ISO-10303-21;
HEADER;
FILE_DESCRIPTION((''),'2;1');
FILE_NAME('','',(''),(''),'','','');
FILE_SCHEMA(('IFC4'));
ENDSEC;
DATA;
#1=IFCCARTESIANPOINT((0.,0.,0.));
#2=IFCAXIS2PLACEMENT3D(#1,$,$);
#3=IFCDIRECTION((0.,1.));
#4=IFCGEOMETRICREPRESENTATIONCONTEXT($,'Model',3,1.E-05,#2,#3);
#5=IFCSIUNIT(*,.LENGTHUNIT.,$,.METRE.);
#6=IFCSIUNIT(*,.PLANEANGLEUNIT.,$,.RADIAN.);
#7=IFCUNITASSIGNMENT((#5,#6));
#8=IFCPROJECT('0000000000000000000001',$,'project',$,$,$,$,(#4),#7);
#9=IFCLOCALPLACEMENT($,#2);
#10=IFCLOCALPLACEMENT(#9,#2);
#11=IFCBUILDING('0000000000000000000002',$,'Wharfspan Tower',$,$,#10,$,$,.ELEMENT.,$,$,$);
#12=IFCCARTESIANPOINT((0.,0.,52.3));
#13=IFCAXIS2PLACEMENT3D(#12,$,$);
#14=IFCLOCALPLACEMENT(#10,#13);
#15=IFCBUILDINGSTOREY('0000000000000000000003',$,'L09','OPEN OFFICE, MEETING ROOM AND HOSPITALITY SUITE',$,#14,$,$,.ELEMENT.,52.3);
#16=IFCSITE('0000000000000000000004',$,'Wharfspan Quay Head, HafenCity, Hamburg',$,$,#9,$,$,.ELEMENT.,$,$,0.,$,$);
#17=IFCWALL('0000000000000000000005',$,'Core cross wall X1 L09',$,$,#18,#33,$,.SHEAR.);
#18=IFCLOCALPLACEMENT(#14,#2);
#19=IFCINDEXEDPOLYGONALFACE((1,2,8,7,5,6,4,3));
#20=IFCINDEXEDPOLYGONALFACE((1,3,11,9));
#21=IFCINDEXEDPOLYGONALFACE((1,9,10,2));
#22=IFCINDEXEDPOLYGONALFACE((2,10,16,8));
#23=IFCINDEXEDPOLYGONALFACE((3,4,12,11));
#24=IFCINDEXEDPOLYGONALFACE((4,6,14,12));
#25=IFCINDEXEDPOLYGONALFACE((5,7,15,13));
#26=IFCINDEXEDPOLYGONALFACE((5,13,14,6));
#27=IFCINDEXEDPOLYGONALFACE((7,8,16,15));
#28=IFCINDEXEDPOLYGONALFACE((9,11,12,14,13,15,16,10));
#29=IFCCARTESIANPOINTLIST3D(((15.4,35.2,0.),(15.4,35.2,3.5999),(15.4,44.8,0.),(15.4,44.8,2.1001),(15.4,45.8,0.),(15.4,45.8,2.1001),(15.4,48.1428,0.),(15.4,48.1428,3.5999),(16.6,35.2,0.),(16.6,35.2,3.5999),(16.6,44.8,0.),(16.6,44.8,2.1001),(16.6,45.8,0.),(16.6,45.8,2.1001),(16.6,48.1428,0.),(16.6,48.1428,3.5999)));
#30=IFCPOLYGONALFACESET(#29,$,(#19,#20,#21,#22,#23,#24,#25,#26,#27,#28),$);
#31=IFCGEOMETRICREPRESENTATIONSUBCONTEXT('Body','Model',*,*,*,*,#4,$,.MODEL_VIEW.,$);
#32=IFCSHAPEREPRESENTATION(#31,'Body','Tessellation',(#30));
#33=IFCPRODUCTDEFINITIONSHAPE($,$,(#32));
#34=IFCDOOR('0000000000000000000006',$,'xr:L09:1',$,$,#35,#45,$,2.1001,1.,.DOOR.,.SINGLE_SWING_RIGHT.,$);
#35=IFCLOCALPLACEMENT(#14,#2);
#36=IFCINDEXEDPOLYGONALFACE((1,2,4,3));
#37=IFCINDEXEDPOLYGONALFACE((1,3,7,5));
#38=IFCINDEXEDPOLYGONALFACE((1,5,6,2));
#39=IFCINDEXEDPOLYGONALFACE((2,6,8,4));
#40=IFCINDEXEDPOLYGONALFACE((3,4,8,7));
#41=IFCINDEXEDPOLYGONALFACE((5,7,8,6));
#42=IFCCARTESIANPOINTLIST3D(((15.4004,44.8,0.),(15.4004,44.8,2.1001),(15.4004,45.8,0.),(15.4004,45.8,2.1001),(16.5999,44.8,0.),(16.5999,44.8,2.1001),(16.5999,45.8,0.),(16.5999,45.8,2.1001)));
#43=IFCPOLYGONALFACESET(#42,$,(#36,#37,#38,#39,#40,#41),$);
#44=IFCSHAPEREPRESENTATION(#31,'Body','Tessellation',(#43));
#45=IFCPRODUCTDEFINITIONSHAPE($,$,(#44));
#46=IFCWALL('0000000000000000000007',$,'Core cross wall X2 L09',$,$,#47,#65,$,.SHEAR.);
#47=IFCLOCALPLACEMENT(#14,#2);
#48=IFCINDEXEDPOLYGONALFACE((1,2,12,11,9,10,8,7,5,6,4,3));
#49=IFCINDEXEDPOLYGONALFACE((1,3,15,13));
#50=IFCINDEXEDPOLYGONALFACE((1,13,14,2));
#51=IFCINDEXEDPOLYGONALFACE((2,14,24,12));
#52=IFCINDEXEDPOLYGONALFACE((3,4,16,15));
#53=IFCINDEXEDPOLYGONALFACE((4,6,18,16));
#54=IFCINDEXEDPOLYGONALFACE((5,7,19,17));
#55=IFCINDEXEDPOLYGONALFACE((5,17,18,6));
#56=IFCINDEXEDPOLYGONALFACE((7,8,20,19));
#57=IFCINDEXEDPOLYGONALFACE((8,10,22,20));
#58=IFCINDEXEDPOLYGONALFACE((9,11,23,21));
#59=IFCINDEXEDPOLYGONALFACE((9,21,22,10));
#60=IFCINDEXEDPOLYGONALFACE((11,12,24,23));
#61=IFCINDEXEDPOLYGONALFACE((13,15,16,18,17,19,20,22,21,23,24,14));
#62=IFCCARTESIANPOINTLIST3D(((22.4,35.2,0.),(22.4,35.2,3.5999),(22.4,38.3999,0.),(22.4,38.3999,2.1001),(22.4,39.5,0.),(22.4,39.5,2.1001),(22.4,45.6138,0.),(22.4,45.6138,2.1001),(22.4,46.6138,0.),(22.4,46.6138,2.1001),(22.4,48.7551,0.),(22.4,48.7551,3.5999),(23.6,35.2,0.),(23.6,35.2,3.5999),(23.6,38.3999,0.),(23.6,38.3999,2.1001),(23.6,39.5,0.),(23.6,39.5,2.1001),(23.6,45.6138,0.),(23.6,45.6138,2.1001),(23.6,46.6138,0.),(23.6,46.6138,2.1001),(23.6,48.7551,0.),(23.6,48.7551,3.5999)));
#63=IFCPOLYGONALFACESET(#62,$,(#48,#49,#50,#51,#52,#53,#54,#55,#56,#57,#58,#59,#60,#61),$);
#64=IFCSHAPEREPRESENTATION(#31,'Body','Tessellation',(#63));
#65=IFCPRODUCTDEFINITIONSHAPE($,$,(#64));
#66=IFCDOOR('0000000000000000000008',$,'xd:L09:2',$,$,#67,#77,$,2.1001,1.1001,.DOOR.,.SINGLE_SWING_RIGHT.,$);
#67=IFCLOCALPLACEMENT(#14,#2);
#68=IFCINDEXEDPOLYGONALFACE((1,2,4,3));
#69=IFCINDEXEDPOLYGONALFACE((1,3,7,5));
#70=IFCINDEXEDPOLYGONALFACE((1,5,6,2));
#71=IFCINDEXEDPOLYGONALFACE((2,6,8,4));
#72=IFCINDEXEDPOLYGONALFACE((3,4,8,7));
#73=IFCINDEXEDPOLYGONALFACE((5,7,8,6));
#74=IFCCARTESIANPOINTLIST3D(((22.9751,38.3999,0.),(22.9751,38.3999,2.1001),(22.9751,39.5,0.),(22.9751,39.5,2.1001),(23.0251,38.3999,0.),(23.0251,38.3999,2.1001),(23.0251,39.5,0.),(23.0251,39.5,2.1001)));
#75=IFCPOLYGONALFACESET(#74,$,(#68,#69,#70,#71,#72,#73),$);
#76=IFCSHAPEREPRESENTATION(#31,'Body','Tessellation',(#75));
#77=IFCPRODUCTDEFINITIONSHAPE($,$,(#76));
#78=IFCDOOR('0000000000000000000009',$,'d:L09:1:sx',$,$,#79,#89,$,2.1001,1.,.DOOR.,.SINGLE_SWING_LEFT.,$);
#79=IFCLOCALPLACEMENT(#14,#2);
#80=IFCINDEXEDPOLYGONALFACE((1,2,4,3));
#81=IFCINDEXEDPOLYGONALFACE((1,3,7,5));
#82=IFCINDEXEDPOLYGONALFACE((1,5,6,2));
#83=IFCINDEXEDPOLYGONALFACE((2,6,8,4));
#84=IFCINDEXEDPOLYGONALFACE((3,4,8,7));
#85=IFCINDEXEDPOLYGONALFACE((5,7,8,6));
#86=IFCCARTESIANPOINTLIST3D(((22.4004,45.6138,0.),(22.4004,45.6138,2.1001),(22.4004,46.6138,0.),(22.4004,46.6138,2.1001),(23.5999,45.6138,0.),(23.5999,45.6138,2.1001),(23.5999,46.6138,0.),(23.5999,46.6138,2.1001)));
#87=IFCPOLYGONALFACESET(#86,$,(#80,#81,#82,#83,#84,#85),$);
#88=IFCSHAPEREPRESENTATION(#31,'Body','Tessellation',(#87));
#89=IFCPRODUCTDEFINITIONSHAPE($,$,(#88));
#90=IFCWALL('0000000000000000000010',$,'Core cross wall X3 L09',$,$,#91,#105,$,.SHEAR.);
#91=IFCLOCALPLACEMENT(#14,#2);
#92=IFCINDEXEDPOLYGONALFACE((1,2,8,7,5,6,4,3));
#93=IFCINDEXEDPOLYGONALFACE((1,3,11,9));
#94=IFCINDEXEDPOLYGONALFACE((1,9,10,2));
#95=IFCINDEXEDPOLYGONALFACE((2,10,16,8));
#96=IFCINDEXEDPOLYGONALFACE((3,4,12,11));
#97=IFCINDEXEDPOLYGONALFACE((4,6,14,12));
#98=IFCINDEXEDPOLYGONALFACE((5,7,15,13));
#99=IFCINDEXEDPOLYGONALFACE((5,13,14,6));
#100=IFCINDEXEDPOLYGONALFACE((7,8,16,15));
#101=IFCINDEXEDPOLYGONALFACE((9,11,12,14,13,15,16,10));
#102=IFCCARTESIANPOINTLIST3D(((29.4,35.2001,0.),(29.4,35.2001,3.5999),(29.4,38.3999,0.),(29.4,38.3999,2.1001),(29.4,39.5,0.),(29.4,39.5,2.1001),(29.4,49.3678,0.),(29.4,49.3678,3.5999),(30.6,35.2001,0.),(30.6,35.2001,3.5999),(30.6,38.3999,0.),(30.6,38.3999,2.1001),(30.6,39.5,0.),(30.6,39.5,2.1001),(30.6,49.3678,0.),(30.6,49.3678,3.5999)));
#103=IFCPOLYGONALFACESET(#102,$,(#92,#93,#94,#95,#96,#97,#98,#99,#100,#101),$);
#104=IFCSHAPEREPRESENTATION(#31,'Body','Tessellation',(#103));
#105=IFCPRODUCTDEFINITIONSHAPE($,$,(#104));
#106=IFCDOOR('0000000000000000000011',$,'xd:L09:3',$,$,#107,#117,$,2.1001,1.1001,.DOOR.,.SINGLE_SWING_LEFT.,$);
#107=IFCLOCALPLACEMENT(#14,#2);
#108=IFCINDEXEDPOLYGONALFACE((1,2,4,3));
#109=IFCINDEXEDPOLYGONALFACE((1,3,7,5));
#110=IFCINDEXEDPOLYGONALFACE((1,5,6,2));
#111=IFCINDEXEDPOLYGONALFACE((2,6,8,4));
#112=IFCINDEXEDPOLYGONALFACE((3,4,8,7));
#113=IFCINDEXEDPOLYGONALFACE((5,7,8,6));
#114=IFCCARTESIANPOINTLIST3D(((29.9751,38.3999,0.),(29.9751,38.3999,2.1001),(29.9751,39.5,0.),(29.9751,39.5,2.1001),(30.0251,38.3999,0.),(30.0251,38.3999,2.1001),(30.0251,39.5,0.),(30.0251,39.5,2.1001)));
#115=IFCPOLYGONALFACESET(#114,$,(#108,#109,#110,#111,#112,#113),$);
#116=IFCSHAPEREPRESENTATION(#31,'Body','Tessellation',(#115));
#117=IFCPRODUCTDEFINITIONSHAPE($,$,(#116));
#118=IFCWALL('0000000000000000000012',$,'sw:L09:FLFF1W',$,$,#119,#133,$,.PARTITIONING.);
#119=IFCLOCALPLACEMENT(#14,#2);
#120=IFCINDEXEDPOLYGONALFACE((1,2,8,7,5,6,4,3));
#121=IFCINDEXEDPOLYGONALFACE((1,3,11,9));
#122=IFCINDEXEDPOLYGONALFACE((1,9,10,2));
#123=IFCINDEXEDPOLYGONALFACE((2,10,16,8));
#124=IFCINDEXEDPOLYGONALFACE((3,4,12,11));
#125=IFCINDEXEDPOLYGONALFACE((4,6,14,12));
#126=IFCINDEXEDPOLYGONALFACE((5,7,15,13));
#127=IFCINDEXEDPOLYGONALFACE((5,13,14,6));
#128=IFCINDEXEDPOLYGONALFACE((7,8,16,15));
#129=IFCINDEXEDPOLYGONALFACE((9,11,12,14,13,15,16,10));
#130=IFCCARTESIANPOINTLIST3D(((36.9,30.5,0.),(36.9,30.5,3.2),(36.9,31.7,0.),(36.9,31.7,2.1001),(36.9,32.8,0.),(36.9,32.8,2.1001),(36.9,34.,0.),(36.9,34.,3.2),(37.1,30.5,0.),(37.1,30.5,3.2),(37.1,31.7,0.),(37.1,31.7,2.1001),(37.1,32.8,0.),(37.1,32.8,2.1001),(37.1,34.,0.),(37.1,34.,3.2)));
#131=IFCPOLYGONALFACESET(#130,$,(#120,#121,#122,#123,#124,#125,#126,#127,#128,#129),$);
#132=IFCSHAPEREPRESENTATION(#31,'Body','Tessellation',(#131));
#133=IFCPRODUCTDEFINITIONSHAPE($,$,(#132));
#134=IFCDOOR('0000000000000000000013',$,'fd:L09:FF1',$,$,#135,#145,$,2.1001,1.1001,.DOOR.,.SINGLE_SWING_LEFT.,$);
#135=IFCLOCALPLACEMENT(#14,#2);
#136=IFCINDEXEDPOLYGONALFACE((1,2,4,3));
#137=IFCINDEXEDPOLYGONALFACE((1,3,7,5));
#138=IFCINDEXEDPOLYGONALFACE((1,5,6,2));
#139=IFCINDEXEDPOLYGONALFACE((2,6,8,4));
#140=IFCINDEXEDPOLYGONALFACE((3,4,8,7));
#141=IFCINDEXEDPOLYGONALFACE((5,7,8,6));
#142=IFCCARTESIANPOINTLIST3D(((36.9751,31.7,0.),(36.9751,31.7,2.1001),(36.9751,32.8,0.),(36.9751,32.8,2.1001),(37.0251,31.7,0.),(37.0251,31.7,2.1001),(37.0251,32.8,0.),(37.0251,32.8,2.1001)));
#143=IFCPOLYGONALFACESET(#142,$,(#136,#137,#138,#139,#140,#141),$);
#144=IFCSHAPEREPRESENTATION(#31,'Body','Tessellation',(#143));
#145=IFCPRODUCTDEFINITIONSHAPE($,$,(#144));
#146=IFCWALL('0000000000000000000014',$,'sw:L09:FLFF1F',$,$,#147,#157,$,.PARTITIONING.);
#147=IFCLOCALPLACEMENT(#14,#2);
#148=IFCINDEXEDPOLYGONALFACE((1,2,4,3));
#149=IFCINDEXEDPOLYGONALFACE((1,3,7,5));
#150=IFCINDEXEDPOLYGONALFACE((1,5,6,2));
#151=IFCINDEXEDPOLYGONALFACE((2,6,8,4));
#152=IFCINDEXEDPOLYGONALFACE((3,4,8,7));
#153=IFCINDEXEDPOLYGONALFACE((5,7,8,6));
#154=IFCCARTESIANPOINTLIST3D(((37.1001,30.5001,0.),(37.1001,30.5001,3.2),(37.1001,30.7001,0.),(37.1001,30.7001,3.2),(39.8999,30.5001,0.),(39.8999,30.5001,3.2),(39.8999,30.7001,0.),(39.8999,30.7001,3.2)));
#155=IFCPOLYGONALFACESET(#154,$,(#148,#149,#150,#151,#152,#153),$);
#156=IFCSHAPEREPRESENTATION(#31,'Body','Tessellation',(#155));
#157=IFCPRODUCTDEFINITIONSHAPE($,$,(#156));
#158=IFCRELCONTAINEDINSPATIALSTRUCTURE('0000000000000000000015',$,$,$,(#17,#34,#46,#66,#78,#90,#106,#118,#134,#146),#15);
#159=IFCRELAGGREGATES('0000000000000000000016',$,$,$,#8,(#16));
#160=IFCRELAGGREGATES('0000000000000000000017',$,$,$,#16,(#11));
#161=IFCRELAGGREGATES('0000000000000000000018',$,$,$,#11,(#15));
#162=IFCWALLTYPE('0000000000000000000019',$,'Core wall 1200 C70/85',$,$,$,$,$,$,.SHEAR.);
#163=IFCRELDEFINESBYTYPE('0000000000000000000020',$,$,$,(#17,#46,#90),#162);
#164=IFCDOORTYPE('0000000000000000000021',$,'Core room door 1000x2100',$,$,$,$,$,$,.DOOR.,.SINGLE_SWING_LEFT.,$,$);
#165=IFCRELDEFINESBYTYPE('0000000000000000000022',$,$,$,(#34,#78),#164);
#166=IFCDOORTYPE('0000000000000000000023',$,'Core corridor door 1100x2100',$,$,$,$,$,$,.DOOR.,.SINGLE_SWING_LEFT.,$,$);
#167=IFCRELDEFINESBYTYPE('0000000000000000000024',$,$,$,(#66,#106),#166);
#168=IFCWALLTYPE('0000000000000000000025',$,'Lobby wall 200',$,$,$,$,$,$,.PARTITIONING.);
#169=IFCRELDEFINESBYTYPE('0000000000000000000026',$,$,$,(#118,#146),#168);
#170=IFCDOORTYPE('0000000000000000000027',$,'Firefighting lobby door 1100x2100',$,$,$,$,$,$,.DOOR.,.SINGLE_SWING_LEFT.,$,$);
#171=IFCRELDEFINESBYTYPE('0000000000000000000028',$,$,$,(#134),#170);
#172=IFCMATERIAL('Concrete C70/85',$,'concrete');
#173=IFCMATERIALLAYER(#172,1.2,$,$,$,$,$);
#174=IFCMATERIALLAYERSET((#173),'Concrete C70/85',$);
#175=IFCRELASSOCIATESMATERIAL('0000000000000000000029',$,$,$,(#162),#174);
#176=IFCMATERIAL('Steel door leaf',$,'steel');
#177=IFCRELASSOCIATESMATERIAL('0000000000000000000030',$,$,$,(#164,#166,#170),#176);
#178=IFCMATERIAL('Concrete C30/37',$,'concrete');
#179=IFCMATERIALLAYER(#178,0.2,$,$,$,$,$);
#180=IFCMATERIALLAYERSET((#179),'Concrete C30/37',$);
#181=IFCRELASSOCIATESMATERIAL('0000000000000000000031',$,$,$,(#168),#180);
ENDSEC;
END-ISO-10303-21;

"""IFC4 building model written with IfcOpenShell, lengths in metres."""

from ifc_helpers import new_model, si_unit, direction, frame, frame_2d, origin, place, context, subcontext, project, spatial, rectangle, extrude, material, layer, layer_set, type_object, element, fill, save


model = new_model("IFC4")

# Units and contexts
model_context = context("Model", 3, precision=1e-05, world=origin(), true_north=direction((0.0, 1.0)))
body_context = subcontext(model_context, "Body", "Model", "MODEL_VIEW")
ifc_project = project(units=[si_unit("LENGTHUNIT", "METRE"), si_unit("PLANEANGLEUNIT", "RADIAN")], contexts=[model_context])

# Site, building, storey
site_placement = place(None, origin())
site = spatial("IfcSite", under=ifc_project, at=site_placement, Name="Wharfspan Quay Head, HafenCity, Hamburg", CompositionType="ELEMENT", RefElevation=0.0)
building_placement = place(site_placement, origin())
building = spatial("IfcBuilding", under=site, at=building_placement, Name="Wharfspan Tower", CompositionType="ELEMENT")
storey_placement = place(building_placement, frame((0.0, 0.0, 52.3)))
storey = spatial("IfcBuildingStorey", under=building, at=storey_placement, Name="L09", Description="OPEN OFFICE, MEETING ROOM AND HOSPITALITY SUITE", CompositionType="ELEMENT", Elevation=52.3)

# Wall, opening, door
ifc_material_1 = material(Name="Concrete C70/85", Category="concrete")
ifc_layer_1 = layer(ifc_material_1, 1.2)
ifc_layer_set_1 = layer_set([ifc_layer_1], Name="Concrete C70/85")
wall_type_1 = type_object("IfcWallType", Name="Core wall 1200 C70/85", PredefinedType="SHEAR", material=ifc_layer_set_1)
wall_1_placement = place(storey_placement, frame((16.0, 35.2, 0.0), z_axis=(0.0, 0.0, 1.0), x_axis=(0.0, 1.0, 0.0)))
wall_1 = element("IfcWall", 1, at=wall_1_placement, inside=storey, type_object=wall_type_1, Name="Core cross wall X1 L09", PredefinedType="SHEAR", context=body_context, shape_type="SweptSolid", body=[
    extrude(rectangle(XDim=12.9429, YDim=1.2, at=frame_2d((6.4714, 0.0))), origin(), (0.0, 0.0, 1.0), 3.5999),
])
opening_1_placement = place(wall_1_placement, frame((9.6001, 0.0, 0.0)))
opening_1 = element("IfcOpeningElement", 2, at=opening_1_placement, cuts=wall_1, PredefinedType="OPENING", context=body_context, shape_type="SweptSolid", body=[
    extrude(rectangle(XDim=1.0, YDim=2.1001, at=frame_2d((0.5, 1.05))), frame((0.0, 0.6099, 0.0), z_axis=(0.0, -1.0, 0.0), x_axis=(1.0, 0.0, 0.0)), (0.0, 0.0, 1.0), 1.22),
])
ifc_material_2 = material(Name="Steel door leaf", Category="steel")
door_type_1 = type_object("IfcDoorType", Name="Core room door 1000x2100", OperationType="SINGLE_SWING_LEFT", PredefinedType="DOOR", material=ifc_material_2)
door_1_placement = place(opening_1_placement, origin())
door_1 = element("IfcDoor", 3, at=door_1_placement, inside=storey, type_object=door_type_1, Name="xr:L09:1", OperationType="SINGLE_SWING_RIGHT", OverallHeight=2.1001, OverallWidth=1.0, PredefinedType="DOOR", context=body_context, shape_type="SweptSolid", body=[
    extrude(rectangle(XDim=1.0, YDim=2.1001, at=frame_2d((0.5, 1.05))), frame((0.0, 0.5996, 0.0), z_axis=(0.0, -1.0, 0.0), x_axis=(1.0, 0.0, 0.0)), (0.0, 0.0, 1.0), 1.1995),
])
fill(opening_1, door_1)

# Wall, openings, doors
wall_2_placement = place(storey_placement, frame((23.0, 35.2, 0.0), z_axis=(0.0, 0.0, 1.0), x_axis=(0.0, 1.0, 0.0)))
wall_2 = element("IfcWall", 4, at=wall_2_placement, inside=storey, type_object=wall_type_1, Name="Core cross wall X2 L09", PredefinedType="SHEAR", context=body_context, shape_type="SweptSolid", body=[
    extrude(rectangle(XDim=13.5552, YDim=1.2, at=frame_2d((6.7776, 0.0))), origin(), (0.0, 0.0, 1.0), 3.5999),
])
opening_2_placement = place(wall_2_placement, frame((10.4138, 0.0, 0.0)))
opening_2 = element("IfcOpeningElement", 5, at=opening_2_placement, cuts=wall_2, PredefinedType="OPENING", context=body_context, shape_type="SweptSolid", body=[
    extrude(rectangle(XDim=1.0, YDim=2.1001, at=frame_2d((0.5, 1.05))), frame((0.0, 0.6099, 0.0), z_axis=(0.0, -1.0, 0.0), x_axis=(1.0, 0.0, 0.0)), (0.0, 0.0, 1.0), 1.22),
])
opening_3_placement = place(wall_2_placement, frame((3.2, 0.0, 0.0)))
opening_3 = element("IfcOpeningElement", 6, at=opening_3_placement, cuts=wall_2, PredefinedType="OPENING", context=body_context, shape_type="SweptSolid", body=[
    extrude(rectangle(XDim=1.1001, YDim=2.1001, at=frame_2d((0.55, 1.05))), frame((0.0, 0.6099, 0.0), z_axis=(0.0, -1.0, 0.0), x_axis=(1.0, 0.0, 0.0)), (0.0, 0.0, 1.0), 1.22),
])
door_type_2 = type_object("IfcDoorType", Name="Core corridor door 1100x2100", OperationType="SINGLE_SWING_LEFT", PredefinedType="DOOR", material=ifc_material_2)
door_2_placement = place(opening_3_placement, origin())
door_2 = element("IfcDoor", 7, at=door_2_placement, inside=storey, type_object=door_type_2, Name="xd:L09:2", OperationType="SINGLE_SWING_RIGHT", OverallHeight=2.1001, OverallWidth=1.1001, PredefinedType="DOOR", context=body_context, shape_type="SweptSolid", body=[
    extrude(rectangle(XDim=1.1001, YDim=2.1001, at=frame_2d((0.55, 1.05))), frame((0.0, 0.0249, 0.0), z_axis=(0.0, -1.0, 0.0), x_axis=(1.0, 0.0, 0.0)), (0.0, 0.0, 1.0), 0.05),
])
fill(opening_3, door_2)
door_3_placement = place(opening_2_placement, origin())
door_3 = element("IfcDoor", 8, at=door_3_placement, inside=storey, type_object=door_type_1, Name="d:L09:1:sx", OperationType="SINGLE_SWING_LEFT", OverallHeight=2.1001, OverallWidth=1.0, PredefinedType="DOOR", context=body_context, shape_type="SweptSolid", body=[
    extrude(rectangle(XDim=1.0, YDim=2.1001, at=frame_2d((0.5, 1.05))), frame((0.0, 0.5996, 0.0), z_axis=(0.0, -1.0, 0.0), x_axis=(1.0, 0.0, 0.0)), (0.0, 0.0, 1.0), 1.1995),
])
fill(opening_2, door_3)

# Walls, openings, doors
wall_3_placement = place(storey_placement, frame((30.0, 35.2, 0.0), z_axis=(0.0, 0.0, 1.0), x_axis=(0.0, 1.0, 0.0)))
wall_3 = element("IfcWall", 9, at=wall_3_placement, inside=storey, type_object=wall_type_1, Name="Core cross wall X3 L09", PredefinedType="SHEAR", context=body_context, shape_type="SweptSolid", body=[
    extrude(rectangle(XDim=14.1677, YDim=1.2, at=frame_2d((7.084, 0.0))), origin(), (0.0, 0.0, 1.0), 3.5999),
])
opening_4_placement = place(wall_3_placement, frame((3.2, 0.0, 0.0)))
opening_4 = element("IfcOpeningElement", 10, at=opening_4_placement, cuts=wall_3, PredefinedType="OPENING", context=body_context, shape_type="SweptSolid", body=[
    extrude(rectangle(XDim=1.1001, YDim=2.1001, at=frame_2d((0.55, 1.05))), frame((0.0, 0.6099, 0.0), z_axis=(0.0, -1.0, 0.0), x_axis=(1.0, 0.0, 0.0)), (0.0, 0.0, 1.0), 1.22),
])
door_4_placement = place(opening_4_placement, origin())
door_4 = element("IfcDoor", 11, at=door_4_placement, inside=storey, type_object=door_type_2, Name="xd:L09:3", OperationType="SINGLE_SWING_LEFT", OverallHeight=2.1001, OverallWidth=1.1001, PredefinedType="DOOR", context=body_context, shape_type="SweptSolid", body=[
    extrude(rectangle(XDim=1.1001, YDim=2.1001, at=frame_2d((0.55, 1.05))), frame((0.0, 0.0249, 0.0), z_axis=(0.0, -1.0, 0.0), x_axis=(1.0, 0.0, 0.0)), (0.0, 0.0, 1.0), 0.05),
])
fill(opening_4, door_4)
ifc_material_3 = material(Name="Concrete C30/37", Category="concrete")
ifc_layer_2 = layer(ifc_material_3, 0.2)
ifc_layer_set_2 = layer_set([ifc_layer_2], Name="Concrete C30/37")
wall_type_2 = type_object("IfcWallType", Name="Lobby wall 200", PredefinedType="PARTITIONING", material=ifc_layer_set_2)
wall_4_placement = place(storey_placement, frame((37.0, 30.5, 0.0), z_axis=(0.0, 0.0, 1.0), x_axis=(0.0, 1.0, 0.0)))
wall_4 = element("IfcWall", 12, at=wall_4_placement, inside=storey, type_object=wall_type_2, Name="sw:L09:FLFF1W", PredefinedType="PARTITIONING", context=body_context, shape_type="SweptSolid", body=[
    extrude(rectangle(XDim=3.5, YDim=0.2, at=frame_2d((1.75, 0.0))), origin(), (0.0, 0.0, 1.0), 3.2),
])
opening_5_placement = place(wall_4_placement, frame((1.2, 0.0, 0.0)))
opening_5 = element("IfcOpeningElement", 13, at=opening_5_placement, cuts=wall_4, PredefinedType="OPENING", context=body_context, shape_type="SweptSolid", body=[
    extrude(rectangle(XDim=1.1001, YDim=2.1001, at=frame_2d((0.55, 1.05))), frame((0.0, 0.1099, 0.0), z_axis=(0.0, -1.0, 0.0), x_axis=(1.0, 0.0, 0.0)), (0.0, 0.0, 1.0), 0.22),
])
door_type_3 = type_object("IfcDoorType", Name="Firefighting lobby door 1100x2100", OperationType="SINGLE_SWING_LEFT", PredefinedType="DOOR", material=ifc_material_2)
door_5_placement = place(opening_5_placement, origin())
door_5 = element("IfcDoor", 14, at=door_5_placement, inside=storey, type_object=door_type_3, Name="fd:L09:FF1", OperationType="SINGLE_SWING_LEFT", OverallHeight=2.1001, OverallWidth=1.1001, PredefinedType="DOOR", context=body_context, shape_type="SweptSolid", body=[
    extrude(rectangle(XDim=1.1001, YDim=2.1001, at=frame_2d((0.55, 1.05))), frame((0.0, 0.0249, 0.0), z_axis=(0.0, -1.0, 0.0), x_axis=(1.0, 0.0, 0.0)), (0.0, 0.0, 1.0), 0.05),
])
fill(opening_5, door_5)

# Wall
wall_5_placement = place(storey_placement, frame((37.1001, 30.6001, 0.0), z_axis=(0.0, 0.0, 1.0), x_axis=(1.0, 0.0, 0.0)))
element("IfcWall", 15, at=wall_5_placement, inside=storey, type_object=wall_type_2, Name="sw:L09:FLFF1F", PredefinedType="PARTITIONING", context=body_context, shape_type="SweptSolid", body=[
    extrude(rectangle(XDim=2.7998, YDim=0.2, at=frame_2d((1.3999, 0.0))), origin(), (0.0, 0.0, 1.0), 3.2),
])

save(model, "model.ifc")
